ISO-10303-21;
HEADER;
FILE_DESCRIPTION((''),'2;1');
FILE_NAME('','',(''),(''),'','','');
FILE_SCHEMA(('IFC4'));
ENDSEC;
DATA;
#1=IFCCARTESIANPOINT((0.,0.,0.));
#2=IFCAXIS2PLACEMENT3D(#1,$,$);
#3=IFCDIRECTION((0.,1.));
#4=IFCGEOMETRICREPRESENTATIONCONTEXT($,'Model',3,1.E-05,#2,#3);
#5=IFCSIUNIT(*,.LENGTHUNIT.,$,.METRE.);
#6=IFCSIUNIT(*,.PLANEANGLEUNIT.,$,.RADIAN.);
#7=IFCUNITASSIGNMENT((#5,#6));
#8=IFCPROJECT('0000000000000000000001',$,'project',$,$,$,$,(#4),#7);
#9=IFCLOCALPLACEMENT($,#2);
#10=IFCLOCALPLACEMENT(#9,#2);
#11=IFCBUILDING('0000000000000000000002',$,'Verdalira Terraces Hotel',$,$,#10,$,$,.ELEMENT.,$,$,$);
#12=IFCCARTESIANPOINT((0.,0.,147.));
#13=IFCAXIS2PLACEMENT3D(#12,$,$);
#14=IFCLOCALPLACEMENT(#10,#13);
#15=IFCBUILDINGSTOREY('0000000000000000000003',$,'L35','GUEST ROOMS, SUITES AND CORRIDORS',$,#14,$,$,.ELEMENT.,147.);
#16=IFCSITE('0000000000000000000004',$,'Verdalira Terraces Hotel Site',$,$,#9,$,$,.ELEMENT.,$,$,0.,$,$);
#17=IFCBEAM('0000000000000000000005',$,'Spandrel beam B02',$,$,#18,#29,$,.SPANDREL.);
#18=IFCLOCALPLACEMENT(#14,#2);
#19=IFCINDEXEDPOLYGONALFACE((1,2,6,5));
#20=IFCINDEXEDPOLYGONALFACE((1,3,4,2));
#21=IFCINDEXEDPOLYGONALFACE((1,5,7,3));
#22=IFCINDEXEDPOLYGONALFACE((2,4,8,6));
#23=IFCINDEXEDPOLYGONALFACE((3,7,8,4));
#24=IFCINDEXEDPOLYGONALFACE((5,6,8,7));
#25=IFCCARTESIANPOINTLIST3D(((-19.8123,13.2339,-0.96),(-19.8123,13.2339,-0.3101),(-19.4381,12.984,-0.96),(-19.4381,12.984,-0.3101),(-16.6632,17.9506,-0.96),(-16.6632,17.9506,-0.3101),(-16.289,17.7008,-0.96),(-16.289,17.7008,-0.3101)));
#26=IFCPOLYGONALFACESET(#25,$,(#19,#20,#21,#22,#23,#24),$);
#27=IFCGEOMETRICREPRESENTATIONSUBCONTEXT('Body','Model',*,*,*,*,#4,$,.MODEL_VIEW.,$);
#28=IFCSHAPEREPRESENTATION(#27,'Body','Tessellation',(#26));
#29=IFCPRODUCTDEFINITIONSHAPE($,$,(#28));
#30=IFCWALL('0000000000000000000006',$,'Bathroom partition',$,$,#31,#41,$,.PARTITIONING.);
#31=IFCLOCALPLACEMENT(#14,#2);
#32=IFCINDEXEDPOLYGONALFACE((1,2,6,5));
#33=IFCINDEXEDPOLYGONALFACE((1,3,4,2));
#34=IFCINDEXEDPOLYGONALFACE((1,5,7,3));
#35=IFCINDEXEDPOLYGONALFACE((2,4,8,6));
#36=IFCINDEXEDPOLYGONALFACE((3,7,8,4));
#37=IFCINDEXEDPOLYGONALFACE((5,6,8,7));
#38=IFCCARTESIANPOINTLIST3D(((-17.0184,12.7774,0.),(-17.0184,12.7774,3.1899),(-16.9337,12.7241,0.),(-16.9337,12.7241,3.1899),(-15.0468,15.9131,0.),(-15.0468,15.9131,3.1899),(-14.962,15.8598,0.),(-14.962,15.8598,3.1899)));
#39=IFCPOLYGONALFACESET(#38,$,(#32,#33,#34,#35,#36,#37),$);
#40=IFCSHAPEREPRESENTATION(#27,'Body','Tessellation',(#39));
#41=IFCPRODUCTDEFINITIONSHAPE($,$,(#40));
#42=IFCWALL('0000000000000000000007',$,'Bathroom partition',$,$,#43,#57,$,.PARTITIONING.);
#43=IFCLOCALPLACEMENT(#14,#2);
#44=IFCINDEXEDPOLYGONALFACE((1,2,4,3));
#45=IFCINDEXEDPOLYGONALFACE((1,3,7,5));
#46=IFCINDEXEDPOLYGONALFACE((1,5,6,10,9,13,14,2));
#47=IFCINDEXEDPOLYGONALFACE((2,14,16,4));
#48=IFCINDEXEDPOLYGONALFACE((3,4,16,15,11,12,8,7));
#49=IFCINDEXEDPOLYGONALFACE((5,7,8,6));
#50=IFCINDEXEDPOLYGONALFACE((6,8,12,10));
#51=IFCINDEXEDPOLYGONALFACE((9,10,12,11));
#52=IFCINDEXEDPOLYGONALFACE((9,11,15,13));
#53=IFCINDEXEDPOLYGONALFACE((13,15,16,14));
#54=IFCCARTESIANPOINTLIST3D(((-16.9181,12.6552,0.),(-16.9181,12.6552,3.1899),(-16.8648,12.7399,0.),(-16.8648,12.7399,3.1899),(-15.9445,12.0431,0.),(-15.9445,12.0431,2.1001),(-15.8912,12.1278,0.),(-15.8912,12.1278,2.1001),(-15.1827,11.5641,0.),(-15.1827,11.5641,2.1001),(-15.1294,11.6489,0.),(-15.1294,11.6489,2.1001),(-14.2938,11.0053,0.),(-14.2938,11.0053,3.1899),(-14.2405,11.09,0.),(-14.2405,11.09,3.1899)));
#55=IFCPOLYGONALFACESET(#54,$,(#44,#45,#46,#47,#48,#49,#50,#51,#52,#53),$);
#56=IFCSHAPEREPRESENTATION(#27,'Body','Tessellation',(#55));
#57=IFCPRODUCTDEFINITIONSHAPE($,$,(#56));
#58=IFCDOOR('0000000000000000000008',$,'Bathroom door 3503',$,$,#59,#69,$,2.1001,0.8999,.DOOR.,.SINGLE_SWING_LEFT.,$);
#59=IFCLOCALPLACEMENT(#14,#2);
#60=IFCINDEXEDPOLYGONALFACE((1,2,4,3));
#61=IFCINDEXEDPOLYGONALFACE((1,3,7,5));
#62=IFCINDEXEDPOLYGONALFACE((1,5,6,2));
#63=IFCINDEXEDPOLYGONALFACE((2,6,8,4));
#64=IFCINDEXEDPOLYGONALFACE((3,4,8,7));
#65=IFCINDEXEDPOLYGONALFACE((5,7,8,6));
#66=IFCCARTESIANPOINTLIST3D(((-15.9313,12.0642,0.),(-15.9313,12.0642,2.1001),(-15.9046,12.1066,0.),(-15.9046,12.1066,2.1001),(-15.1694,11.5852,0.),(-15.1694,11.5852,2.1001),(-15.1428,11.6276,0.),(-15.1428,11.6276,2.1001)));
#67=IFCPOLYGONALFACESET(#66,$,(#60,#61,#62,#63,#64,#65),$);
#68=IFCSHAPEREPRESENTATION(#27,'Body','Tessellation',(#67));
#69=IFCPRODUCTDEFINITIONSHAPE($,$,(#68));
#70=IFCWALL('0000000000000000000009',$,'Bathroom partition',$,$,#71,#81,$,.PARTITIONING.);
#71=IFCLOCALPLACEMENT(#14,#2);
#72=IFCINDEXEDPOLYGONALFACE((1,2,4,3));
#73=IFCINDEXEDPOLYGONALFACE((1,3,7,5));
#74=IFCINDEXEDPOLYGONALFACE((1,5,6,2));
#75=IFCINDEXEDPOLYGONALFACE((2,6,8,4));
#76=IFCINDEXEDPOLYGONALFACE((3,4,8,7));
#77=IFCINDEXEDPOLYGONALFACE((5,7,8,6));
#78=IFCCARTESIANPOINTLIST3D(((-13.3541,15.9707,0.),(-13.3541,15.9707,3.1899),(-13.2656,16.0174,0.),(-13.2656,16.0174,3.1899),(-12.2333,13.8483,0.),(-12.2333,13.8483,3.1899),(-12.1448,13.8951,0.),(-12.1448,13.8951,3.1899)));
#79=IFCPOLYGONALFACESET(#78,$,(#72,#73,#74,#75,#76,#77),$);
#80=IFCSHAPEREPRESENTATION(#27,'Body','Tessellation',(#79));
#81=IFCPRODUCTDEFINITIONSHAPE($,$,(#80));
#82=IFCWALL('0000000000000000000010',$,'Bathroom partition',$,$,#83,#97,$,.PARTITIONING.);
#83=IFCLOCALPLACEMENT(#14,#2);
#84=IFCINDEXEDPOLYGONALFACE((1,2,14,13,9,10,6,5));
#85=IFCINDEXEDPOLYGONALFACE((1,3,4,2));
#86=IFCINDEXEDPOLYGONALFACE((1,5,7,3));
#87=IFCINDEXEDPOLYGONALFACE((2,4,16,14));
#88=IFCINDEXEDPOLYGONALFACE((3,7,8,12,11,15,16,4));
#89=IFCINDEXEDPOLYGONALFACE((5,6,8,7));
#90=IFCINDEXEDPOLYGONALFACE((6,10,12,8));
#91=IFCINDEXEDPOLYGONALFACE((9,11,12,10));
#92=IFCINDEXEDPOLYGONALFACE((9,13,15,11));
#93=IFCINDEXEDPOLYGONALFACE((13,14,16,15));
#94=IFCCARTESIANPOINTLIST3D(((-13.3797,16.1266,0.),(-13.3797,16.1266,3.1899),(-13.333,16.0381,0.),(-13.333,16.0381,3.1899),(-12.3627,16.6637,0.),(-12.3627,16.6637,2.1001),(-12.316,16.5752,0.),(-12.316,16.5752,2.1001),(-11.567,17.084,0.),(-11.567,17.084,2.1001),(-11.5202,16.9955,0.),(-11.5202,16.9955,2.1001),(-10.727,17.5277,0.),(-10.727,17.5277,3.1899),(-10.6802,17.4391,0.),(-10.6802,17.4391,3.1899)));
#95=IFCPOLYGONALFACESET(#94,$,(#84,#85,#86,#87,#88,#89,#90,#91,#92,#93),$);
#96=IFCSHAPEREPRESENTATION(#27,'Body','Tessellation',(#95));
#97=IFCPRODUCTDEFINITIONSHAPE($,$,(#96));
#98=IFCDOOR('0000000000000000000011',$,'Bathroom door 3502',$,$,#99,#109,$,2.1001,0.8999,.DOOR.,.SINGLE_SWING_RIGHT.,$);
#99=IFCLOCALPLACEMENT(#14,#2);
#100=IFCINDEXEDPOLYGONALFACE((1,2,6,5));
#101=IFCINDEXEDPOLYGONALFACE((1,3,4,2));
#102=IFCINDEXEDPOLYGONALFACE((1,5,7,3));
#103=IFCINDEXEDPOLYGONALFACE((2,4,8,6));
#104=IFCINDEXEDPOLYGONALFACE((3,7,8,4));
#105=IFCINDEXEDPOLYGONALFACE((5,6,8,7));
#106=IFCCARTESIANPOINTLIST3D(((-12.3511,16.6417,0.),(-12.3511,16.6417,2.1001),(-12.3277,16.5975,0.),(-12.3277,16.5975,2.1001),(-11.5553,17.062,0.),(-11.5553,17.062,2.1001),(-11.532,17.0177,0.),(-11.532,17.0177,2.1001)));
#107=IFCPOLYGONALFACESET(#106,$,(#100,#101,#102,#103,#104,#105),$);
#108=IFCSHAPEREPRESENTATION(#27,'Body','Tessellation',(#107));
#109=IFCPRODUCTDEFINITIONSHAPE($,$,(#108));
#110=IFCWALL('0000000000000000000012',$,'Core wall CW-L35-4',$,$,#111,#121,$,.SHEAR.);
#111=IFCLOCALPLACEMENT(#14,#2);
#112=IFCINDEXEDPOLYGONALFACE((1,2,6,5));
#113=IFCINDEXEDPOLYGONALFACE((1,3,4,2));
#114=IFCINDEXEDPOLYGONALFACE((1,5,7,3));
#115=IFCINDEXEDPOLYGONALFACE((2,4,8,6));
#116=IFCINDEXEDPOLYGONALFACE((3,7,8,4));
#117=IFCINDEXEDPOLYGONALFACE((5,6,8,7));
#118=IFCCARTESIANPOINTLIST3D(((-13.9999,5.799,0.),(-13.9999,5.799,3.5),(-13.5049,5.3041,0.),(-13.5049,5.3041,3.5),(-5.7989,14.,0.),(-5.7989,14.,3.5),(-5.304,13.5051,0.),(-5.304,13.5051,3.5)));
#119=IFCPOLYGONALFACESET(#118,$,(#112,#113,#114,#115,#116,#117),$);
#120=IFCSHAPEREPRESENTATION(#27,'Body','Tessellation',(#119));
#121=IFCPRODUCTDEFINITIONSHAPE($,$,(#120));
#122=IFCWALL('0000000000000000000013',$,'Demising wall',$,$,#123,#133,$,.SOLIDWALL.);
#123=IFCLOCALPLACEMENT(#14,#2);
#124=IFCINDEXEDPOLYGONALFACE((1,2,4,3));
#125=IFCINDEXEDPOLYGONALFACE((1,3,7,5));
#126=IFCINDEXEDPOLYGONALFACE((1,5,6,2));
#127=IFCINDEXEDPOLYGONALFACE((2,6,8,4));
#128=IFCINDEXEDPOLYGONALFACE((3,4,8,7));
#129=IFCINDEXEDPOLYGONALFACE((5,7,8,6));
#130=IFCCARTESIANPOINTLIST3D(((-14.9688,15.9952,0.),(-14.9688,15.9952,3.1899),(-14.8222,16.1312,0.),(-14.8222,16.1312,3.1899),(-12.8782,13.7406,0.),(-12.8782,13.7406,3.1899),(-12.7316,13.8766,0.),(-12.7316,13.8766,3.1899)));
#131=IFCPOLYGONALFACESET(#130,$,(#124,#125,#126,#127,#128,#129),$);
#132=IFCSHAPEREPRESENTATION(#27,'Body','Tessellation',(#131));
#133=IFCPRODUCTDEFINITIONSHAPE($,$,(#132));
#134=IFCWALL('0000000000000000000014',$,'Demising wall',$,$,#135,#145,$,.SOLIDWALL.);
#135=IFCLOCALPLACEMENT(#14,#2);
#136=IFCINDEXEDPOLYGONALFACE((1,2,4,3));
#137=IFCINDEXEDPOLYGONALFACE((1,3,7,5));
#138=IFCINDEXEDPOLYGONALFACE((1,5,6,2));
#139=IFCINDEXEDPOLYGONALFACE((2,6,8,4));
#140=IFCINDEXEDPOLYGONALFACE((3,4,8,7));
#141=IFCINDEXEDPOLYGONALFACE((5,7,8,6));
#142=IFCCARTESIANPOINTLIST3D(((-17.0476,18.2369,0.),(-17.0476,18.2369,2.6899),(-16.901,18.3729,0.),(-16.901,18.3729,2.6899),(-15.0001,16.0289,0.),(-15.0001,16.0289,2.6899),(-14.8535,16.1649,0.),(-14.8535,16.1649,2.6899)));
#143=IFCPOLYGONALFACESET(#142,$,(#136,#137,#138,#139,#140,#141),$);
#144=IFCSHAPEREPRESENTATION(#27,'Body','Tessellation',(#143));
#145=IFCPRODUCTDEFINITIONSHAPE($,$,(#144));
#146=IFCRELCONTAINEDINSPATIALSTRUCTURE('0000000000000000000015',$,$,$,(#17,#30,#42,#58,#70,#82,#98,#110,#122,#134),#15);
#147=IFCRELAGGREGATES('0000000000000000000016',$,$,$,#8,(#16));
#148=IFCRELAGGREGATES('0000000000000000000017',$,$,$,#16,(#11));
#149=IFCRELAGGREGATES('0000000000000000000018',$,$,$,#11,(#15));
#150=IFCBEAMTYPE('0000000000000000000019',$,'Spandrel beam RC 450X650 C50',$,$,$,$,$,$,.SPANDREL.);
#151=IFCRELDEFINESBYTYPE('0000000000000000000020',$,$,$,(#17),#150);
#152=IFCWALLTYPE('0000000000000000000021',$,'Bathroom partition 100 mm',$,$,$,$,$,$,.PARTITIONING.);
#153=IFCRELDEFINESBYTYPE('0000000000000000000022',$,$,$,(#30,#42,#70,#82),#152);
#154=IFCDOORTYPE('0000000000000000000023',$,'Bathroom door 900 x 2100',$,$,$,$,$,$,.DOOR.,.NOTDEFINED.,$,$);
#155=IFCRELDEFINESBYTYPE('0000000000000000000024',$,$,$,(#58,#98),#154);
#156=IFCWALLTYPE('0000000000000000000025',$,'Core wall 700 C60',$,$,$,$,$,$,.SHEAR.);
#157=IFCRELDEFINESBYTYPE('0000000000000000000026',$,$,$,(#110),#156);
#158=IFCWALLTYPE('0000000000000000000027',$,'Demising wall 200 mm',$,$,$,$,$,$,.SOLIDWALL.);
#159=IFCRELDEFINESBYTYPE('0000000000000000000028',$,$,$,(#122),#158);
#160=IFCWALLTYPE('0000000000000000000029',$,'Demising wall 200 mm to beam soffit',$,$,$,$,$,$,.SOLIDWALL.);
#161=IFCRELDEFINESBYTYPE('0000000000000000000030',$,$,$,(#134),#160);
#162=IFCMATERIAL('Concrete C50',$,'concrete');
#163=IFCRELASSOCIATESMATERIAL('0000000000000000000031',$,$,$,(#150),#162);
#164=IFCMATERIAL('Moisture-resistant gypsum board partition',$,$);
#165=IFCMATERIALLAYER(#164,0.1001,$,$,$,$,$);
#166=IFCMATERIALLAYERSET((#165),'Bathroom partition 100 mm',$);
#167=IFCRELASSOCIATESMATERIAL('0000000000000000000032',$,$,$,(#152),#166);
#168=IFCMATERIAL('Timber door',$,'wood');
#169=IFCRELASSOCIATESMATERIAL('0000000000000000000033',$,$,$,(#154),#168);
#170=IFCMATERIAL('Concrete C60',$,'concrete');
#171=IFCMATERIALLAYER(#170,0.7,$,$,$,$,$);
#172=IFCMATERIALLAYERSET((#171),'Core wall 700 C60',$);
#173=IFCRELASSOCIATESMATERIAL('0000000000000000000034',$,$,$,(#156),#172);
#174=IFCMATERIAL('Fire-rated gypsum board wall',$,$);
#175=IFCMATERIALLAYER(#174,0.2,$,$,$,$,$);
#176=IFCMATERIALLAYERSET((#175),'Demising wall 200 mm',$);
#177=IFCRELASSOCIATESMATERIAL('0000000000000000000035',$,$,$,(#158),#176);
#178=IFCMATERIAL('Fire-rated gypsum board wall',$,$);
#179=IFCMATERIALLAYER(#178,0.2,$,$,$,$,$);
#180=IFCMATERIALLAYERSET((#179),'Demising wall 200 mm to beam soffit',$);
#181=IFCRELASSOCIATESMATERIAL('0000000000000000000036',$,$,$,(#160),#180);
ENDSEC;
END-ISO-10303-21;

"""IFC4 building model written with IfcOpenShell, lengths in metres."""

from ifc_helpers import new_model, si_unit, direction, frame, frame_2d, origin, origin_2d, place, context, subcontext, project, spatial, rectangle, extrude, material, layer, layer_set, material_profile, profile_set, type_object, element, fill, save


model = new_model("IFC4")

# Units and contexts
model_context = context("Model", 3, precision=1e-05, world=origin(), true_north=direction((0.0, 1.0)))
body_context = subcontext(model_context, "Body", "Model", "MODEL_VIEW")
ifc_project = project(units=[si_unit("LENGTHUNIT", "METRE"), si_unit("PLANEANGLEUNIT", "RADIAN")], contexts=[model_context])

# Site, building, storey
site_placement = place(None, origin())
site = spatial("IfcSite", under=ifc_project, at=site_placement, Name="Verdalira Terraces Hotel Site", CompositionType="ELEMENT", RefElevation=0.0)
building_placement = place(site_placement, origin())
building = spatial("IfcBuilding", under=site, at=building_placement, Name="Verdalira Terraces Hotel", CompositionType="ELEMENT")
storey_placement = place(building_placement, frame((0.0, 0.0, 147.0)))
storey = spatial("IfcBuildingStorey", under=building, at=storey_placement, Name="L35", Description="GUEST ROOMS, SUITES AND CORRIDORS", CompositionType="ELEMENT", Elevation=147.0)

# Beam
ifc_material_1 = material(Name="Concrete C50", Category="concrete")
ifc_material_profile = material_profile(ifc_material_1, rectangle(XDim=0.45, YDim=0.6499, at=origin_2d()), Name="RC 450X650")
ifc_profile_set = profile_set([ifc_material_profile], Name="Concrete C50")
beam_type = type_object("IfcBeamType", Name="Spandrel beam RC 450X650 C50", PredefinedType="SPANDREL", material=ifc_profile_set)
beam_placement = place(storey_placement, frame((-16.4761, 17.8257, -0.635), z_axis=(-0.555266, -0.831673, 0.0), x_axis=(0.831673, -0.555266, 0.0)))
element("IfcBeam", 1, at=beam_placement, inside=storey, type_object=beam_type, Name="Spandrel beam B02", PredefinedType="SPANDREL", context=body_context, shape_type="SweptSolid", body=[
    extrude(rectangle(XDim=0.45, YDim=0.6499, at=origin_2d()), origin(), (0.0, 0.0, 1.0), 5.6714),
])

# Wall
ifc_material_2 = material(Name="Moisture-resistant gypsum board partition")
ifc_layer_1 = layer(ifc_material_2, 0.1001)
ifc_layer_set_1 = layer_set([ifc_layer_1], Name="Bathroom partition 100 mm")
wall_type_1 = type_object("IfcWallType", Name="Bathroom partition 100 mm", PredefinedType="PARTITIONING", material=ifc_layer_set_1)
wall_1_placement = place(storey_placement, frame((-16.9761, 12.7507, 0.0), z_axis=(0.0, 0.0, 1.0), x_axis=(0.532296, 0.846558, 0.0)))
element("IfcWall", 2, at=wall_1_placement, inside=storey, type_object=wall_type_1, Name="Bathroom partition", PredefinedType="PARTITIONING", context=body_context, shape_type="SweptSolid", body=[
    extrude(rectangle(XDim=3.7041, YDim=0.1001, at=frame_2d((1.8521, 0.0))), origin(), (0.0, 0.0, 1.0), 3.1899),
])

# Wall, opening, door
wall_2_placement = place(storey_placement, frame((-16.8914, 12.6975, 0.0), z_axis=(0.0, 0.0, 1.0), x_axis=(0.846584, -0.532255, 0.0)))
wall_2 = element("IfcWall", 3, at=wall_2_placement, inside=storey, type_object=wall_type_1, Name="Bathroom partition", PredefinedType="PARTITIONING", context=body_context, shape_type="SweptSolid", body=[
    extrude(rectangle(XDim=3.0999, YDim=0.1001, at=frame_2d((1.5498, 0.0))), origin(), (0.0, 0.0, 1.0), 3.1899),
])
opening_1_placement = place(wall_2_placement, frame((1.1499, 0.0, 0.0)))
opening_1 = element("IfcOpeningElement", 4, at=opening_1_placement, cuts=wall_2, PredefinedType="OPENING", context=body_context, shape_type="SweptSolid", body=[
    extrude(rectangle(XDim=0.8999, YDim=2.1001, at=frame_2d((0.45, 1.05))), frame((0.0, 0.0601, 0.0), z_axis=(0.0, -1.0, 0.0), x_axis=(1.0, 0.0, 0.0)), (0.0, 0.0, 1.0), 0.1201),
])
ifc_material_3 = material(Name="Timber door", Category="wood")
door_type_1 = type_object("IfcDoorType", Name="Bathroom door 900 x 2100", OperationType="NOTDEFINED", PredefinedType="DOOR", material=ifc_material_3)
door_1_placement = place(opening_1_placement, origin())
door_1 = element("IfcDoor", 5, at=door_1_placement, inside=storey, type_object=door_type_1, Name="Bathroom door 3503", OperationType="SINGLE_SWING_LEFT", OverallHeight=2.1001, OverallWidth=0.8999, PredefinedType="DOOR", context=body_context, shape_type="SweptSolid", body=[
    extrude(rectangle(XDim=0.8999, YDim=2.1001, at=frame_2d((0.45, 1.05))), frame((0.0, 0.0249, 0.0), z_axis=(0.0, -1.0, 0.0), x_axis=(1.0, 0.0, 0.0)), (0.0, 0.0, 1.0), 0.05),
])
fill(opening_1, door_1)

# Wall
wall_3_placement = place(storey_placement, frame((-12.189, 13.8716, 0.0), z_axis=(0.0, 0.0, 1.0), x_axis=(-0.466999, 0.884258, 0.0)))
element("IfcWall", 6, at=wall_3_placement, inside=storey, type_object=wall_type_1, Name="Bathroom partition", PredefinedType="PARTITIONING", context=body_context, shape_type="SweptSolid", body=[
    extrude(rectangle(XDim=2.4001, YDim=0.1001, at=frame_2d((1.2002, 0.0))), origin(), (0.0, 0.0, 1.0), 3.1899),
])

# Wall, opening, door
wall_4_placement = place(storey_placement, frame((-10.7036, 17.4834, 0.0), z_axis=(0.0, 0.0, 1.0), x_axis=(-0.884245, -0.467024, 0.0)))
wall_4 = element("IfcWall", 7, at=wall_4_placement, inside=storey, type_object=wall_type_1, Name="Bathroom partition", PredefinedType="PARTITIONING", context=body_context, shape_type="SweptSolid", body=[
    extrude(rectangle(XDim=3.0, YDim=0.1001, at=frame_2d((1.5, 0.0))), origin(), (0.0, 0.0, 1.0), 3.1899),
])
opening_2_placement = place(wall_4_placement, frame((0.95, 0.0, 0.0)))
opening_2 = element("IfcOpeningElement", 8, at=opening_2_placement, cuts=wall_4, PredefinedType="OPENING", context=body_context, shape_type="SweptSolid", body=[
    extrude(rectangle(XDim=0.8999, YDim=2.1001, at=frame_2d((0.45, 1.05))), frame((0.0, 0.0601, 0.0), z_axis=(0.0, -1.0, 0.0), x_axis=(1.0, 0.0, 0.0)), (0.0, 0.0, 1.0), 0.1201),
])
door_2_placement = place(opening_2_placement, origin())
door_2 = element("IfcDoor", 9, at=door_2_placement, inside=storey, type_object=door_type_1, Name="Bathroom door 3502", OperationType="SINGLE_SWING_RIGHT", OverallHeight=2.1001, OverallWidth=0.8999, PredefinedType="DOOR", context=body_context, shape_type="SweptSolid", body=[
    extrude(rectangle(XDim=0.8999, YDim=2.1001, at=frame_2d((0.45, 1.05))), frame((0.0, 0.0249, 0.0), z_axis=(0.0, -1.0, 0.0), x_axis=(1.0, 0.0, 0.0)), (0.0, 0.0, 1.0), 0.05),
])
fill(opening_2, door_2)

# Walls
ifc_material_4 = material(Name="Concrete C60", Category="concrete")
ifc_layer_2 = layer(ifc_material_4, 0.7)
ifc_layer_set_2 = layer_set([ifc_layer_2], Name="Core wall 700 C60")
wall_type_2 = type_object("IfcWallType", Name="Core wall 700 C60", PredefinedType="SHEAR", material=ifc_layer_set_2)
wall_5_placement = place(storey_placement, frame((-5.5515, 13.7524, 0.0), z_axis=(0.0, 0.0, 1.0), x_axis=(-0.707107, -0.707107, 0.0)))
element("IfcWall", 10, at=wall_5_placement, inside=storey, type_object=wall_type_2, Name="Core wall CW-L35-4", PredefinedType="SHEAR", context=body_context, shape_type="SweptSolid", body=[
    extrude(rectangle(XDim=11.5979, YDim=0.7, at=frame_2d((5.7988, 0.0))), origin(), (0.0, 0.0, 1.0), 3.5),
])
ifc_material_5 = material(Name="Fire-rated gypsum board wall")
ifc_layer_3 = layer(ifc_material_5, 0.2)
ifc_layer_set_3 = layer_set([ifc_layer_3], Name="Demising wall 200 mm")
wall_type_3 = type_object("IfcWallType", Name="Demising wall 200 mm", PredefinedType="SOLIDWALL", material=ifc_layer_set_3)
wall_6_placement = place(storey_placement, frame((-12.8049, 13.8086, 0.0), z_axis=(0.0, 0.0, 1.0), x_axis=(-0.679924, 0.733283, 0.0)))
element("IfcWall", 11, at=wall_6_placement, inside=storey, type_object=wall_type_3, Name="Demising wall", PredefinedType="SOLIDWALL", context=body_context, shape_type="SweptSolid", body=[
    extrude(rectangle(XDim=3.0747, YDim=0.2, at=frame_2d((1.5374, 0.0))), origin(), (0.0, 0.0, 1.0), 3.1899),
])
ifc_material_6 = material(Name="Fire-rated gypsum board wall")
ifc_layer_4 = layer(ifc_material_6, 0.2)
ifc_layer_set_4 = layer_set([ifc_layer_4], Name="Demising wall 200 mm to beam soffit")
wall_type_4 = type_object("IfcWallType", Name="Demising wall 200 mm to beam soffit", PredefinedType="SOLIDWALL", material=ifc_layer_set_4)
wall_7_placement = place(storey_placement, frame((-14.9268, 16.0969, 0.0), z_axis=(0.0, 0.0, 1.0), x_axis=(-0.679972, 0.733238, 0.0)))
element("IfcWall", 12, at=wall_7_placement, inside=storey, type_object=wall_type_4, Name="Demising wall", PredefinedType="SOLIDWALL", context=body_context, shape_type="SweptSolid", body=[
    extrude(rectangle(XDim=3.0112, YDim=0.2, at=frame_2d((1.5056, 0.0))), origin(), (0.0, 0.0, 1.0), 2.6899),
])

save(model, "model.ifc")
